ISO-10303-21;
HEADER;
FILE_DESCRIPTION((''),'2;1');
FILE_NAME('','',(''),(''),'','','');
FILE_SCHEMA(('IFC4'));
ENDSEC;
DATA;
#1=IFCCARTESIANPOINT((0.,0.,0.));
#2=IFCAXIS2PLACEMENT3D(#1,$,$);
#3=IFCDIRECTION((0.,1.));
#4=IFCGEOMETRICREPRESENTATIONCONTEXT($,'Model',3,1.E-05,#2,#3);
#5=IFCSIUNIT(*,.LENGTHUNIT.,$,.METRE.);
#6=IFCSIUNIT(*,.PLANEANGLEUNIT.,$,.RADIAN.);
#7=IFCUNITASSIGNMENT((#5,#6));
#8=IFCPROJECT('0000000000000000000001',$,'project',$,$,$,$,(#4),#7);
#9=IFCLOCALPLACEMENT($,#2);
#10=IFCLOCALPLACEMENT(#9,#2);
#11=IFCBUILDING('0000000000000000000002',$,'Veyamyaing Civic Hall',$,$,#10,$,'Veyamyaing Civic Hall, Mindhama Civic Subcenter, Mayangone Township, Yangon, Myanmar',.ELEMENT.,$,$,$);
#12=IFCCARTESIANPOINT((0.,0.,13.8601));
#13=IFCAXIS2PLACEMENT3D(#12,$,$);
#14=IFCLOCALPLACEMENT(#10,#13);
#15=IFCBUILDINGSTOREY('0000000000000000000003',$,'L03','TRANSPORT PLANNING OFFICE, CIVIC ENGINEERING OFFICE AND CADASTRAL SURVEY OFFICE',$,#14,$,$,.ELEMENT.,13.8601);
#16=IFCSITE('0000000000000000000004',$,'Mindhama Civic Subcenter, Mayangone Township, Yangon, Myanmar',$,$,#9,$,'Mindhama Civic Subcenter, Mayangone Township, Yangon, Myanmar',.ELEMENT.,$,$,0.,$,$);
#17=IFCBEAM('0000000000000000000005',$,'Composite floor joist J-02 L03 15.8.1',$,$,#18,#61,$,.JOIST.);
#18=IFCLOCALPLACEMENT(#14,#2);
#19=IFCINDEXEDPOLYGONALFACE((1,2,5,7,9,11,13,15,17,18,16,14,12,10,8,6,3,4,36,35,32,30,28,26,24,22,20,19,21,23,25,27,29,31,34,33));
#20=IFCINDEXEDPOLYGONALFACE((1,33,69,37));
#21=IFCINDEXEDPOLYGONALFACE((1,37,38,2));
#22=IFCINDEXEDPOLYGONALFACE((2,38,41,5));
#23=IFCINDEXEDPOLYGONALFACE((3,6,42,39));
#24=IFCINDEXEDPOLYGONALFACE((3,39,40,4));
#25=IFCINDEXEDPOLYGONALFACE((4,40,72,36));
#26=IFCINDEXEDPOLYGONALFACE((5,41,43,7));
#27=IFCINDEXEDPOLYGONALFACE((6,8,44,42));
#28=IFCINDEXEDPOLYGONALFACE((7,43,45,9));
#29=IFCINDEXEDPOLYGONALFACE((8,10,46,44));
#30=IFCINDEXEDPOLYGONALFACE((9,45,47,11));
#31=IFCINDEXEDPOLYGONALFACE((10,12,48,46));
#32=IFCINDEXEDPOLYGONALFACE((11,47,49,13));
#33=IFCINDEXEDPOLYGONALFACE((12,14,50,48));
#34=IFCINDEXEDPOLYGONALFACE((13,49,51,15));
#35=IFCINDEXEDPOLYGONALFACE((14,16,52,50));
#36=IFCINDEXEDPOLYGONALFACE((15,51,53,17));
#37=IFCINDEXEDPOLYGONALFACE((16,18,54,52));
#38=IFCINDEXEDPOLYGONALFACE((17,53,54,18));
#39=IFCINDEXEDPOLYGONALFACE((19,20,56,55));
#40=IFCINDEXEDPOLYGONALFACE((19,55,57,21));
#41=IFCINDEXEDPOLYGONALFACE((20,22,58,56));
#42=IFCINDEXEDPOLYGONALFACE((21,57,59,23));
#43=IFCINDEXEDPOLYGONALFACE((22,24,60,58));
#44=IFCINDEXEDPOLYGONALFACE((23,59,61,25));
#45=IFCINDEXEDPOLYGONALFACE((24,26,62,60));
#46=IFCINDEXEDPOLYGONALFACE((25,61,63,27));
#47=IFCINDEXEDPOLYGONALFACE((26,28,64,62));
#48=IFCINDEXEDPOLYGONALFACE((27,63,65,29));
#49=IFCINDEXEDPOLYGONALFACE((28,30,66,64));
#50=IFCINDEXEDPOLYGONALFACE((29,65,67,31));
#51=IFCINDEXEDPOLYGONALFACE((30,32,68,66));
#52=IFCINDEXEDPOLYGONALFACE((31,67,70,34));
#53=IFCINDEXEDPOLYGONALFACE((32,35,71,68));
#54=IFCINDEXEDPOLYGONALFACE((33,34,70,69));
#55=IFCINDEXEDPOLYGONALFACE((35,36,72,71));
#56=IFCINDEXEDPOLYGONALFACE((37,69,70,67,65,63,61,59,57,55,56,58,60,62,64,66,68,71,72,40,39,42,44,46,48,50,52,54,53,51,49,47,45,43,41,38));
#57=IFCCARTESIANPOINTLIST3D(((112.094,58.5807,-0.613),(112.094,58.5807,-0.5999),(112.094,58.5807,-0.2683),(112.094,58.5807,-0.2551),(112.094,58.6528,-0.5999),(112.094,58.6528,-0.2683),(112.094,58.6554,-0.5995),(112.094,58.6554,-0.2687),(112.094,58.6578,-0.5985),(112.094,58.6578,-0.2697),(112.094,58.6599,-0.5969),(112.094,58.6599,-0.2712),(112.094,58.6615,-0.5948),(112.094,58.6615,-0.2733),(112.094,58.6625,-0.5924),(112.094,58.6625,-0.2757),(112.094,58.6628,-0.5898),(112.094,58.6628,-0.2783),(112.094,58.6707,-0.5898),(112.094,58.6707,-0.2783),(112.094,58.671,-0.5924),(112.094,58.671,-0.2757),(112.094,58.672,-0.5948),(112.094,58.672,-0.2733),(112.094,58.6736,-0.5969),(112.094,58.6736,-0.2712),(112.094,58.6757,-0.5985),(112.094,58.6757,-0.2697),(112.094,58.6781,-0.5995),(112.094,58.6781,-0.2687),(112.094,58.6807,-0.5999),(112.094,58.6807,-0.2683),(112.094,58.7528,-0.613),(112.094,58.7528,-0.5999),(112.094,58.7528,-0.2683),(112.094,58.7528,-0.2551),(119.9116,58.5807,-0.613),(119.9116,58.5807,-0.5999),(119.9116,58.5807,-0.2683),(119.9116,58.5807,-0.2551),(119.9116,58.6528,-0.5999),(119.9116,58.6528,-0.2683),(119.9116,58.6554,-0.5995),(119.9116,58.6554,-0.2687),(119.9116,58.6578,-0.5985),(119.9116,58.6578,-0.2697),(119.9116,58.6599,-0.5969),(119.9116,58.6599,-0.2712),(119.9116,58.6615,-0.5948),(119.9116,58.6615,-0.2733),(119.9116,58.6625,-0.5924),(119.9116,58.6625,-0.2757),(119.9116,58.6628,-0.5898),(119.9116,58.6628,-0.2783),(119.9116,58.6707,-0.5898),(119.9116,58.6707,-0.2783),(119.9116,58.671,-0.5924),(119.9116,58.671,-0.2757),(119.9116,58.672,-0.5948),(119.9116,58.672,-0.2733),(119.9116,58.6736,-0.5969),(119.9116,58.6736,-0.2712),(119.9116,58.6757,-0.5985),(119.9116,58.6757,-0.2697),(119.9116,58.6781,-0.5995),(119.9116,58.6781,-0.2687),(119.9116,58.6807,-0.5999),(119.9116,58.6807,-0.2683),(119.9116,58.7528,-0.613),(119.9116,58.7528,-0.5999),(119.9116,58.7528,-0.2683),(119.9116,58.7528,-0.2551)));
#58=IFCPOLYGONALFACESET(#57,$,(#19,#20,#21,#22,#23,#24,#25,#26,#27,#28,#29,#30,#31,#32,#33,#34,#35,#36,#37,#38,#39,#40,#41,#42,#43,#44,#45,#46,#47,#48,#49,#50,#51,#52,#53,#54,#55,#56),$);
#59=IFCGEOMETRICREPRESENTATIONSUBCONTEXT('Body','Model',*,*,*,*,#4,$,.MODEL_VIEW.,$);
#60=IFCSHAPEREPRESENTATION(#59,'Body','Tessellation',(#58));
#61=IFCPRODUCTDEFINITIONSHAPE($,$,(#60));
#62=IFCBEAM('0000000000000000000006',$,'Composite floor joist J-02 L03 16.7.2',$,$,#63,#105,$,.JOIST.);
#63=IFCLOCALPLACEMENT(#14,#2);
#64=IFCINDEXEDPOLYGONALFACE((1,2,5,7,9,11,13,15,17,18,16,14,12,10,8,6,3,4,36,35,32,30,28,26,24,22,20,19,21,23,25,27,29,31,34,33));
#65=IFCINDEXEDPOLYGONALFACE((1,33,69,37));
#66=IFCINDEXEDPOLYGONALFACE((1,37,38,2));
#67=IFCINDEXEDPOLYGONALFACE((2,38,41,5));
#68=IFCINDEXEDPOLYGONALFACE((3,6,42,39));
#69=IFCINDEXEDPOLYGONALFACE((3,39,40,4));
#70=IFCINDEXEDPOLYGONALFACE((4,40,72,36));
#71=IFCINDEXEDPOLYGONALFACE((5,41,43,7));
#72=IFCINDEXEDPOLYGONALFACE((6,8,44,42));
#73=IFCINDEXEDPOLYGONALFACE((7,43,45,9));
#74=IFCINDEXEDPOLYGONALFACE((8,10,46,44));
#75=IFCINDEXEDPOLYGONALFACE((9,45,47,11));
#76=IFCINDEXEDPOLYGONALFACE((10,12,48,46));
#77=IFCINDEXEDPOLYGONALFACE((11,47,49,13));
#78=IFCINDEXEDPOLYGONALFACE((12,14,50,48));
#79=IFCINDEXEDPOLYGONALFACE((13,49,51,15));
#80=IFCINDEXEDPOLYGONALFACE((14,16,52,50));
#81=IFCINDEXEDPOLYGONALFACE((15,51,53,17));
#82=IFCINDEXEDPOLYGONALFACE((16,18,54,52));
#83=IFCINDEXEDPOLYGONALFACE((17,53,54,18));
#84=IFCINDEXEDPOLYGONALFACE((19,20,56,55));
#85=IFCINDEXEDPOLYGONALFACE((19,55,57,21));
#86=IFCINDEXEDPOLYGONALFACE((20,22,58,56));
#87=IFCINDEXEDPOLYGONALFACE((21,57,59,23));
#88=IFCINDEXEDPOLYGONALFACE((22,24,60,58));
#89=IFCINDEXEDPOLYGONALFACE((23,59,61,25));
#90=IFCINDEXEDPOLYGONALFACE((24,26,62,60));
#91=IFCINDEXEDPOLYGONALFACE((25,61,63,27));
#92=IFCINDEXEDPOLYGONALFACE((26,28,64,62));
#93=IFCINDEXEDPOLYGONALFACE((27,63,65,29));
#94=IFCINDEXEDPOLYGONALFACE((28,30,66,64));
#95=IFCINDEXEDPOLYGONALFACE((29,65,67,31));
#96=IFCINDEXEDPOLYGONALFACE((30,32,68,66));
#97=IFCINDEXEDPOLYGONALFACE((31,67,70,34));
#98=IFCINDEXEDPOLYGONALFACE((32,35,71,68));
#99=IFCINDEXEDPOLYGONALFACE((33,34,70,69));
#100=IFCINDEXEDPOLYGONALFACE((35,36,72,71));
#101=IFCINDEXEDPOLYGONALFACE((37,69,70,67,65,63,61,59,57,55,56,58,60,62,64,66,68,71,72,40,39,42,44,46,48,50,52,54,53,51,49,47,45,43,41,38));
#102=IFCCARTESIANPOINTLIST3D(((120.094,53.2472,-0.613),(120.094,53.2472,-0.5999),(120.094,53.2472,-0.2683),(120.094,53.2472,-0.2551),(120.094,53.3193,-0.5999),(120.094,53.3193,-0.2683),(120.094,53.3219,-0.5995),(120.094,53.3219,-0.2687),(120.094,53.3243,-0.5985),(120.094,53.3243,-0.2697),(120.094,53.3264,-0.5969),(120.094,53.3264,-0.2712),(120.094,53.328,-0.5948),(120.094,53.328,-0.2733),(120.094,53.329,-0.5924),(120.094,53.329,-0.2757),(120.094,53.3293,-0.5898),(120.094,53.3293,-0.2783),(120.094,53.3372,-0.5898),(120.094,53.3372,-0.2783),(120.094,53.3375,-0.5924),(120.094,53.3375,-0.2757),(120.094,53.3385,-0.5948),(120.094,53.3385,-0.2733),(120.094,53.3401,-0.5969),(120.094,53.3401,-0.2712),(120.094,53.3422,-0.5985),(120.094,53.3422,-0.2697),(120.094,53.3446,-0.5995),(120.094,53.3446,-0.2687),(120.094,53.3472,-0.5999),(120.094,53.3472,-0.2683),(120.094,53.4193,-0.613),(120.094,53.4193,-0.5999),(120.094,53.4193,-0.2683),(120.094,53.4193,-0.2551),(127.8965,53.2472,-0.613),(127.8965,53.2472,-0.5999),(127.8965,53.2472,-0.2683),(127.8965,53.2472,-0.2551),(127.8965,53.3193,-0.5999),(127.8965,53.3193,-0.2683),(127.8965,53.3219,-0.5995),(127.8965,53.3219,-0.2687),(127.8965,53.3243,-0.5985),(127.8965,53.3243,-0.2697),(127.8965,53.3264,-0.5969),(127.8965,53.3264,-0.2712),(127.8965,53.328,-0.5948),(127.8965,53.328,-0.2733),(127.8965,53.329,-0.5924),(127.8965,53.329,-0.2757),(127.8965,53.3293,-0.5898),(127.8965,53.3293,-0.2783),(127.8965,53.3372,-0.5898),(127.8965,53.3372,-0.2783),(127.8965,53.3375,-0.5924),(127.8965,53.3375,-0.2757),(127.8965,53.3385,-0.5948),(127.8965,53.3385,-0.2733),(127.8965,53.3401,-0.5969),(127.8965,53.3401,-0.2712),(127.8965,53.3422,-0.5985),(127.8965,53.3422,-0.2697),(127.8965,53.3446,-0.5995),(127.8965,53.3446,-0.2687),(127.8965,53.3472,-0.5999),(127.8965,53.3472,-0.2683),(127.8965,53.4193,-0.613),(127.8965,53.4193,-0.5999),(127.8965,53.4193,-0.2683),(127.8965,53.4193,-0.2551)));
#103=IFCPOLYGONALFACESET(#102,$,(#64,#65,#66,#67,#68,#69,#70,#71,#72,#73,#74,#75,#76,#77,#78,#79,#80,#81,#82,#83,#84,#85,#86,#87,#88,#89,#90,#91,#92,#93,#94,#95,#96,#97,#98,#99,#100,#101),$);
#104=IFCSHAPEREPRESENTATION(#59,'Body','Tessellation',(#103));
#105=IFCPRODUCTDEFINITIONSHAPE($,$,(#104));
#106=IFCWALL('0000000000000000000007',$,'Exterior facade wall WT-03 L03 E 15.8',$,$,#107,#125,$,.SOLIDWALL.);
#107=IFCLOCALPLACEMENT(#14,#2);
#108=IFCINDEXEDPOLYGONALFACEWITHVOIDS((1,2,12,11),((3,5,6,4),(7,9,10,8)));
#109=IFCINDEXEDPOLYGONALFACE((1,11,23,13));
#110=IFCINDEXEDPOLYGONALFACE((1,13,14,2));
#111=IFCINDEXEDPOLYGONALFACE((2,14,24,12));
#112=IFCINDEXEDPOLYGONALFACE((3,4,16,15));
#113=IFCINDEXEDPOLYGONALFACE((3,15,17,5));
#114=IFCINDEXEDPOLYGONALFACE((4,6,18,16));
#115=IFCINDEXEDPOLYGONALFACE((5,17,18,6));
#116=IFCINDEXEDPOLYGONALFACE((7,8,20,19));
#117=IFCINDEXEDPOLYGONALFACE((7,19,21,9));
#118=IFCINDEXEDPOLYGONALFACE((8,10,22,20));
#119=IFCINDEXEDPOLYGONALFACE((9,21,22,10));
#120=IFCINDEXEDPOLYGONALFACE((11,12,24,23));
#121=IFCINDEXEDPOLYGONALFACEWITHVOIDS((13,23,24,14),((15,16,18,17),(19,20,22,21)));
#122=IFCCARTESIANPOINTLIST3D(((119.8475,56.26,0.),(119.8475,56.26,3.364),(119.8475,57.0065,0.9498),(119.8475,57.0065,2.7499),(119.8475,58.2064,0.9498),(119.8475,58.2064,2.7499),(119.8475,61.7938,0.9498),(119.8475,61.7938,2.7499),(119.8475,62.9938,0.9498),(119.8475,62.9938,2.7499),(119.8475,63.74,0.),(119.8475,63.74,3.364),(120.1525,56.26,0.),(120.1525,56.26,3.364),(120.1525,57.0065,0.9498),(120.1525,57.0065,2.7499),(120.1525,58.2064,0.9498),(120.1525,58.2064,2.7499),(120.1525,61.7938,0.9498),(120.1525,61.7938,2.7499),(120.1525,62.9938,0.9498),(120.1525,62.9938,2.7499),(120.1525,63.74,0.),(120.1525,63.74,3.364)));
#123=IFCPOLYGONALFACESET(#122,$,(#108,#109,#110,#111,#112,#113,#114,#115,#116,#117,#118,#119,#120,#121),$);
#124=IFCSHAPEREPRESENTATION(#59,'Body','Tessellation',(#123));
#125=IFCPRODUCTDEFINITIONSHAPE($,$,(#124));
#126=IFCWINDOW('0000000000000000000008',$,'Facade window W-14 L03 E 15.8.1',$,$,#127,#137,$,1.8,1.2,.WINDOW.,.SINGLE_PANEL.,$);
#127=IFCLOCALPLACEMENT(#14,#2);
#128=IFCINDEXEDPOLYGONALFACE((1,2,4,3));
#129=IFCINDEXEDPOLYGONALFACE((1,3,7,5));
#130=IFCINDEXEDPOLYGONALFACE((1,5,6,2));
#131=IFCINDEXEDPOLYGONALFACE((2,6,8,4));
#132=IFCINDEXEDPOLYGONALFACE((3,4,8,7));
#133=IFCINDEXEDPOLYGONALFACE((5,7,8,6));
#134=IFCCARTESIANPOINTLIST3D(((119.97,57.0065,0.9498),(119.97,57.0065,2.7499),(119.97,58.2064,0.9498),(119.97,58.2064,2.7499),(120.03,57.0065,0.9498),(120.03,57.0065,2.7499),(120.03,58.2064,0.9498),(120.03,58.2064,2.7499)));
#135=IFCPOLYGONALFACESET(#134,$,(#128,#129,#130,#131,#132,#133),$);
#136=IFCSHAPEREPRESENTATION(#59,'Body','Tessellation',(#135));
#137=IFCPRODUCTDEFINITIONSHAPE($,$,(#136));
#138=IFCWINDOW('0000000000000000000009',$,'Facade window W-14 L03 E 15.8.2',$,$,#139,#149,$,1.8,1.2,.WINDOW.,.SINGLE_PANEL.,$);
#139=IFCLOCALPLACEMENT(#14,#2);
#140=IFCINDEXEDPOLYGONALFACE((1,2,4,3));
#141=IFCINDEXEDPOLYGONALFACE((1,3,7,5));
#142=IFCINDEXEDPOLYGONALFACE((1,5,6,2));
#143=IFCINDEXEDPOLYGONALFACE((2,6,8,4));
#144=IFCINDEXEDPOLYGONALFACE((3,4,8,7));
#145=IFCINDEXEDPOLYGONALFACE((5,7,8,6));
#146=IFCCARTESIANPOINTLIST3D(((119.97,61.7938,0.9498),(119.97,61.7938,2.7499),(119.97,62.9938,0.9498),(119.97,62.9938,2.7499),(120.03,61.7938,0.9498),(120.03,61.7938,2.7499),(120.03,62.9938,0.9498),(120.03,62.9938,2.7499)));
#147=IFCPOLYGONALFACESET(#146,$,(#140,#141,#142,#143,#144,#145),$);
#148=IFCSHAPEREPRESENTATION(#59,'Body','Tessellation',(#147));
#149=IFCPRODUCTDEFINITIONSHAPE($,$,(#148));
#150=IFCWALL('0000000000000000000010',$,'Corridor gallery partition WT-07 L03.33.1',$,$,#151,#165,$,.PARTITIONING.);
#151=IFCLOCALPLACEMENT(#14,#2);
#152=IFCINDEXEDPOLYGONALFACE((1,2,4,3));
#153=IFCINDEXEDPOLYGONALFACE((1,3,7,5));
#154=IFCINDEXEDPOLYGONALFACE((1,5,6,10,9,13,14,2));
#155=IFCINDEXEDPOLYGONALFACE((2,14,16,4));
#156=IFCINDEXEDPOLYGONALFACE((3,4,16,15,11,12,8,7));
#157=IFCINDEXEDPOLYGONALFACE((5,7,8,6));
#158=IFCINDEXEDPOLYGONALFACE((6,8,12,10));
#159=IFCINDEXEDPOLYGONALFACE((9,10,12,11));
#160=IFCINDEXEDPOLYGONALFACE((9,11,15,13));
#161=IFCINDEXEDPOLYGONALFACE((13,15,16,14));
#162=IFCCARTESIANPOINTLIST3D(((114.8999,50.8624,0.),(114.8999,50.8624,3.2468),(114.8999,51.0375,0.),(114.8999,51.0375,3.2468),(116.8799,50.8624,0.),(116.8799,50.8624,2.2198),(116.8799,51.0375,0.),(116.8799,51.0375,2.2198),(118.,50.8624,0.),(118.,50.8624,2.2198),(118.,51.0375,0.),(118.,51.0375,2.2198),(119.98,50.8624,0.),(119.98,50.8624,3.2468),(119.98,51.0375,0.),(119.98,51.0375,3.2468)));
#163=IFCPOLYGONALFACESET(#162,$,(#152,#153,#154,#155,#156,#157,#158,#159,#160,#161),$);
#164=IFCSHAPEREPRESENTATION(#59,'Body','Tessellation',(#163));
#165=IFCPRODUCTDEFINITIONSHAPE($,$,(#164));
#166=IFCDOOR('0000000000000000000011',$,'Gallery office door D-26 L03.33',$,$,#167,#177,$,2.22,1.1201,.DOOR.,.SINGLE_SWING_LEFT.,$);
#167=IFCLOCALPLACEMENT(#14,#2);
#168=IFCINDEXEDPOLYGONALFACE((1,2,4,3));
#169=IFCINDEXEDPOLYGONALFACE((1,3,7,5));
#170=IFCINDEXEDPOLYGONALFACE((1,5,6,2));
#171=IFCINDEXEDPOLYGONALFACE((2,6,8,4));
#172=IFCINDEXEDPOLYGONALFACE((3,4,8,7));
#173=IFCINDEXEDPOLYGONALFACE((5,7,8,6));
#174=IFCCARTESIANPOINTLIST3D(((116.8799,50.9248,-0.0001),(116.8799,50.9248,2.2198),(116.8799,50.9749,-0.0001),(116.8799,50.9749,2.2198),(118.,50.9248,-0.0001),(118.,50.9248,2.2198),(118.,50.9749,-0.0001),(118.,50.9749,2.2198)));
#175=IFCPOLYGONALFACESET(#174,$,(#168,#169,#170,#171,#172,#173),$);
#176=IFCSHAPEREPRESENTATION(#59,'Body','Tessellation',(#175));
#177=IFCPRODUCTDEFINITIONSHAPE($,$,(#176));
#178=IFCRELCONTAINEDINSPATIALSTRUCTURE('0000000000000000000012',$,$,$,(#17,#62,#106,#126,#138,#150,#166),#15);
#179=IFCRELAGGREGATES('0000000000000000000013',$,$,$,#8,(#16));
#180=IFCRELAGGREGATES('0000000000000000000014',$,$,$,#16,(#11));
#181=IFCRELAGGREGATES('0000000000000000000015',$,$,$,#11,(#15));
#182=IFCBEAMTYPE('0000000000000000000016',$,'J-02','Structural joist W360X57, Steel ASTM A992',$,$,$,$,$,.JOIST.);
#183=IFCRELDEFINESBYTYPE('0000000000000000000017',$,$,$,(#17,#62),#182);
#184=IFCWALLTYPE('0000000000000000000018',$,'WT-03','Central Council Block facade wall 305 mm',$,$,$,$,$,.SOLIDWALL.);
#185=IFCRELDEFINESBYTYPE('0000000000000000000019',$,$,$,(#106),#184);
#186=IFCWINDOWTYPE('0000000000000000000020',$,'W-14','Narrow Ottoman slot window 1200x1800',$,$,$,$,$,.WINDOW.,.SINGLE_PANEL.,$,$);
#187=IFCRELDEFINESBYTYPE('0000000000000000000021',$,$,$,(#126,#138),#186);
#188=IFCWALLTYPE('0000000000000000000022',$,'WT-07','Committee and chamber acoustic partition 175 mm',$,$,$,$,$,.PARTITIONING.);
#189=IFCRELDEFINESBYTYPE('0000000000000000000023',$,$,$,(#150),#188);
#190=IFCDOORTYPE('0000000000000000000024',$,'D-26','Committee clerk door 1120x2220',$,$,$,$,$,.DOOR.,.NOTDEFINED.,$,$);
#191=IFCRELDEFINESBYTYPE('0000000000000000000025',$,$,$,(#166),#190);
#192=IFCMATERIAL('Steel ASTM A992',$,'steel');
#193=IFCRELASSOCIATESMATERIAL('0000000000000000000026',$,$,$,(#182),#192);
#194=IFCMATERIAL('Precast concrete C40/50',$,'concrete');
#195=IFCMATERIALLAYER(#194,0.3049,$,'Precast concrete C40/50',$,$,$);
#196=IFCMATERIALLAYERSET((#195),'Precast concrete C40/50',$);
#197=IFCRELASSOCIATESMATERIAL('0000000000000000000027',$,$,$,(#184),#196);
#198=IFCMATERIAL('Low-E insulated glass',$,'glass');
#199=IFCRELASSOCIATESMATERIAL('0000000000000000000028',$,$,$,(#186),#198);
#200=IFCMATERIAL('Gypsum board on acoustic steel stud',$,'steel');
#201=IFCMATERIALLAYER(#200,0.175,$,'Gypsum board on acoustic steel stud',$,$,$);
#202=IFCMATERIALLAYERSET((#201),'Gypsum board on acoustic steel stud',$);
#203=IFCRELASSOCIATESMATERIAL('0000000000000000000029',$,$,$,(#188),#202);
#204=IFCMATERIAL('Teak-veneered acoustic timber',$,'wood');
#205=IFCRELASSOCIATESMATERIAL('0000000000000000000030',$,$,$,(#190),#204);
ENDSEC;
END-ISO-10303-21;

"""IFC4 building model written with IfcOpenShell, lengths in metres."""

from ifc_helpers import new_model, si_unit, direction, frame, frame_2d, origin, origin_2d, place, context, subcontext, project, spatial, rectangle, i_section, extrude, material, layer, layer_set, material_profile, profile_set, type_object, element, fill, save


model = new_model("IFC4")

# Units and contexts
model_context = context("Model", 3, precision=1e-05, world=origin(), true_north=direction((0.0, 1.0)))
body_context = subcontext(model_context, "Body", "Model", "MODEL_VIEW")
ifc_project = project(units=[si_unit("LENGTHUNIT", "METRE"), si_unit("PLANEANGLEUNIT", "RADIAN")], contexts=[model_context])

# Site, building, storey
site_placement = place(None, origin())
site = spatial("IfcSite", under=ifc_project, at=site_placement, Name="Mindhama Civic Subcenter, Mayangone Township, Yangon, Myanmar", LongName="Mindhama Civic Subcenter, Mayangone Township, Yangon, Myanmar", CompositionType="ELEMENT", RefElevation=0.0)
building_placement = place(site_placement, origin())
building = spatial("IfcBuilding", under=site, at=building_placement, Name="Veyamyaing Civic Hall", LongName="Veyamyaing Civic Hall, Mindhama Civic Subcenter, Mayangone Township, Yangon, Myanmar", CompositionType="ELEMENT")
storey_placement = place(building_placement, frame((0.0, 0.0, 13.8601)))
storey = spatial("IfcBuildingStorey", under=building, at=storey_placement, Name="L03", Description="TRANSPORT PLANNING OFFICE, CIVIC ENGINEERING OFFICE AND CADASTRAL SURVEY OFFICE", CompositionType="ELEMENT", Elevation=13.8601)

# Beams
ifc_material_1 = material(Name="Steel ASTM A992", Category="steel")
ifc_material_profile_1 = material_profile(ifc_material_1, i_section(OverallWidth=0.1721, OverallDepth=0.3579, WebThickness=0.0078, FlangeThickness=0.0132, FilletRadius=0.01, at=origin_2d()), Name="W360X57")
ifc_profile_set_1 = profile_set([ifc_material_profile_1], Name="Steel ASTM A992")
beam_type_1 = type_object("IfcBeamType", Name="J-02", Description="Structural joist W360X57, Steel ASTM A992", PredefinedType="JOIST", material=ifc_profile_set_1)
beam_1_placement = place(storey_placement, frame((112.094, 58.6667, -0.4341), z_axis=(1.0, 0.0, 0.0), x_axis=(0.0, 1.0, 0.0)))
element("IfcBeam", 1, at=beam_1_placement, inside=storey, type_object=beam_type_1, Name="Composite floor joist J-02 L03 15.8.1", PredefinedType="JOIST", context=body_context, shape_type="SweptSolid", body=[
    extrude(i_section(OverallWidth=0.1721, OverallDepth=0.3579, WebThickness=0.0078, FlangeThickness=0.0132, FilletRadius=0.01, at=origin_2d()), origin(), (0.0, 0.0, 1.0), 7.8176),
])
beam_2_placement = place(storey_placement, frame((120.094, 53.3333, -0.4341), z_axis=(1.0, 0.0, 0.0), x_axis=(0.0, 1.0, 0.0)))
element("IfcBeam", 2, at=beam_2_placement, inside=storey, type_object=beam_type_1, Name="Composite floor joist J-02 L03 16.7.2", PredefinedType="JOIST", context=body_context, shape_type="SweptSolid", body=[
    extrude(i_section(OverallWidth=0.1721, OverallDepth=0.3579, WebThickness=0.0078, FlangeThickness=0.0132, FilletRadius=0.01, at=origin_2d()), origin(), (0.0, 0.0, 1.0), 7.8025),
])

# Wall, openings, windows
ifc_material_2 = material(Name="Precast concrete C40/50", Category="concrete")
ifc_layer_1 = layer(ifc_material_2, 0.3049, Name="Precast concrete C40/50")
ifc_layer_set_1 = layer_set([ifc_layer_1], Name="Precast concrete C40/50")
wall_type_1 = type_object("IfcWallType", Name="WT-03", Description="Central Council Block facade wall 305 mm", PredefinedType="SOLIDWALL", material=ifc_layer_set_1)
wall_1_placement = place(storey_placement, frame((120.0, 56.26, 0.0), z_axis=(0.0, 0.0, 1.0), x_axis=(0.0, 1.0, 0.0)))
wall_1 = element("IfcWall", 3, at=wall_1_placement, inside=storey, type_object=wall_type_1, Name="Exterior facade wall WT-03 L03 E 15.8", PredefinedType="SOLIDWALL", context=body_context, shape_type="SweptSolid", body=[
    extrude(rectangle(XDim=7.48, YDim=0.3049, at=frame_2d((3.74, 0.0))), origin(), (0.0, 0.0, 1.0), 3.364),
])
opening_1_placement = place(wall_1_placement, frame((0.7463, 0.0, 0.95)))
opening_1 = element("IfcOpeningElement", 4, at=opening_1_placement, cuts=wall_1, PredefinedType="OPENING", context=body_context, shape_type="SweptSolid", body=[
    extrude(rectangle(XDim=1.2, YDim=1.8, at=frame_2d((0.6001, 0.8999))), frame((0.0, 0.1624, 0.0), z_axis=(0.0, -1.0, 0.0), x_axis=(1.0, 0.0, 0.0)), (0.0, 0.0, 1.0), 0.325),
])
opening_2_placement = place(wall_1_placement, frame((5.5337, 0.0, 0.95)))
opening_2 = element("IfcOpeningElement", 5, at=opening_2_placement, cuts=wall_1, PredefinedType="OPENING", context=body_context, shape_type="SweptSolid", body=[
    extrude(rectangle(XDim=1.2, YDim=1.8, at=frame_2d((0.6001, 0.8999))), frame((0.0, 0.1624, 0.0), z_axis=(0.0, -1.0, 0.0), x_axis=(1.0, 0.0, 0.0)), (0.0, 0.0, 1.0), 0.325),
])
ifc_material_3 = material(Name="Low-E insulated glass", Category="glass")
window_type = type_object("IfcWindowType", Name="W-14", Description="Narrow Ottoman slot window 1200x1800", PartitioningType="SINGLE_PANEL", PredefinedType="WINDOW", material=ifc_material_3)
window_1_placement = place(opening_1_placement, origin())
window_1 = element("IfcWindow", 6, at=window_1_placement, inside=storey, type_object=window_type, Name="Facade window W-14 L03 E 15.8.1", OverallHeight=1.8, OverallWidth=1.2, PartitioningType="SINGLE_PANEL", PredefinedType="WINDOW", context=body_context, shape_type="SweptSolid", body=[
    extrude(rectangle(XDim=1.2, YDim=1.8, at=frame_2d((0.6001, 0.8999))), frame((0.0, 0.03, 0.0), z_axis=(0.0, -1.0, 0.0), x_axis=(1.0, 0.0, 0.0)), (0.0, 0.0, 1.0), 0.0601),
])
fill(opening_1, window_1)
window_2_placement = place(opening_2_placement, origin())
window_2 = element("IfcWindow", 7, at=window_2_placement, inside=storey, type_object=window_type, Name="Facade window W-14 L03 E 15.8.2", OverallHeight=1.8, OverallWidth=1.2, PartitioningType="SINGLE_PANEL", PredefinedType="WINDOW", context=body_context, shape_type="SweptSolid", body=[
    extrude(rectangle(XDim=1.2, YDim=1.8, at=frame_2d((0.6001, 0.8999))), frame((0.0, 0.03, 0.0), z_axis=(0.0, -1.0, 0.0), x_axis=(1.0, 0.0, 0.0)), (0.0, 0.0, 1.0), 0.0601),
])
fill(opening_2, window_2)

# Wall, opening, door
ifc_material_4 = material(Name="Gypsum board on acoustic steel stud", Category="steel")
ifc_layer_2 = layer(ifc_material_4, 0.175, Name="Gypsum board on acoustic steel stud")
ifc_layer_set_2 = layer_set([ifc_layer_2], Name="Gypsum board on acoustic steel stud")
wall_type_2 = type_object("IfcWallType", Name="WT-07", Description="Committee and chamber acoustic partition 175 mm", PredefinedType="PARTITIONING", material=ifc_layer_set_2)
wall_2_placement = place(storey_placement, frame((114.8999, 50.95, 0.0), z_axis=(0.0, 0.0, 1.0), x_axis=(1.0, 0.0, 0.0)))
wall_2 = element("IfcWall", 8, at=wall_2_placement, inside=storey, type_object=wall_type_2, Name="Corridor gallery partition WT-07 L03.33.1", PredefinedType="PARTITIONING", context=body_context, shape_type="SweptSolid", body=[
    extrude(rectangle(XDim=5.0801, YDim=0.175, at=frame_2d((2.54, 0.0))), origin(), (0.0, 0.0, 1.0), 3.2468),
])
opening_3_placement = place(wall_2_placement, frame((1.98, 0.0, 0.0)))
opening_3 = element("IfcOpeningElement", 9, at=opening_3_placement, cuts=wall_2, PredefinedType="OPENING", context=body_context, shape_type="SweptSolid", body=[
    extrude(rectangle(XDim=1.1201, YDim=2.22, at=frame_2d((0.5601, 1.1099))), frame((0.0, 0.0974, 0.0), z_axis=(0.0, -1.0, 0.0), x_axis=(1.0, 0.0, 0.0)), (0.0, 0.0, 1.0), 0.1951),
])
ifc_material_5 = material(Name="Teak-veneered acoustic timber", Category="wood")
door_type_1 = type_object("IfcDoorType", Name="D-26", Description="Committee clerk door 1120x2220", OperationType="NOTDEFINED", PredefinedType="DOOR", material=ifc_material_5)
door_1_placement = place(opening_3_placement, origin())
door_1 = element("IfcDoor", 10, at=door_1_placement, inside=storey, type_object=door_type_1, Name="Gallery office door D-26 L03.33", OperationType="SINGLE_SWING_LEFT", OverallHeight=2.22, OverallWidth=1.1201, PredefinedType="DOOR", context=body_context, shape_type="SweptSolid", body=[
    extrude(rectangle(XDim=1.1201, YDim=2.22, at=frame_2d((0.5601, 1.1099))), frame((0.0, 0.0249, 0.0), z_axis=(0.0, -1.0, 0.0), x_axis=(1.0, 0.0, 0.0)), (0.0, 0.0, 1.0), 0.05),
])
fill(opening_3, door_1)

save(model, "model.ifc")
